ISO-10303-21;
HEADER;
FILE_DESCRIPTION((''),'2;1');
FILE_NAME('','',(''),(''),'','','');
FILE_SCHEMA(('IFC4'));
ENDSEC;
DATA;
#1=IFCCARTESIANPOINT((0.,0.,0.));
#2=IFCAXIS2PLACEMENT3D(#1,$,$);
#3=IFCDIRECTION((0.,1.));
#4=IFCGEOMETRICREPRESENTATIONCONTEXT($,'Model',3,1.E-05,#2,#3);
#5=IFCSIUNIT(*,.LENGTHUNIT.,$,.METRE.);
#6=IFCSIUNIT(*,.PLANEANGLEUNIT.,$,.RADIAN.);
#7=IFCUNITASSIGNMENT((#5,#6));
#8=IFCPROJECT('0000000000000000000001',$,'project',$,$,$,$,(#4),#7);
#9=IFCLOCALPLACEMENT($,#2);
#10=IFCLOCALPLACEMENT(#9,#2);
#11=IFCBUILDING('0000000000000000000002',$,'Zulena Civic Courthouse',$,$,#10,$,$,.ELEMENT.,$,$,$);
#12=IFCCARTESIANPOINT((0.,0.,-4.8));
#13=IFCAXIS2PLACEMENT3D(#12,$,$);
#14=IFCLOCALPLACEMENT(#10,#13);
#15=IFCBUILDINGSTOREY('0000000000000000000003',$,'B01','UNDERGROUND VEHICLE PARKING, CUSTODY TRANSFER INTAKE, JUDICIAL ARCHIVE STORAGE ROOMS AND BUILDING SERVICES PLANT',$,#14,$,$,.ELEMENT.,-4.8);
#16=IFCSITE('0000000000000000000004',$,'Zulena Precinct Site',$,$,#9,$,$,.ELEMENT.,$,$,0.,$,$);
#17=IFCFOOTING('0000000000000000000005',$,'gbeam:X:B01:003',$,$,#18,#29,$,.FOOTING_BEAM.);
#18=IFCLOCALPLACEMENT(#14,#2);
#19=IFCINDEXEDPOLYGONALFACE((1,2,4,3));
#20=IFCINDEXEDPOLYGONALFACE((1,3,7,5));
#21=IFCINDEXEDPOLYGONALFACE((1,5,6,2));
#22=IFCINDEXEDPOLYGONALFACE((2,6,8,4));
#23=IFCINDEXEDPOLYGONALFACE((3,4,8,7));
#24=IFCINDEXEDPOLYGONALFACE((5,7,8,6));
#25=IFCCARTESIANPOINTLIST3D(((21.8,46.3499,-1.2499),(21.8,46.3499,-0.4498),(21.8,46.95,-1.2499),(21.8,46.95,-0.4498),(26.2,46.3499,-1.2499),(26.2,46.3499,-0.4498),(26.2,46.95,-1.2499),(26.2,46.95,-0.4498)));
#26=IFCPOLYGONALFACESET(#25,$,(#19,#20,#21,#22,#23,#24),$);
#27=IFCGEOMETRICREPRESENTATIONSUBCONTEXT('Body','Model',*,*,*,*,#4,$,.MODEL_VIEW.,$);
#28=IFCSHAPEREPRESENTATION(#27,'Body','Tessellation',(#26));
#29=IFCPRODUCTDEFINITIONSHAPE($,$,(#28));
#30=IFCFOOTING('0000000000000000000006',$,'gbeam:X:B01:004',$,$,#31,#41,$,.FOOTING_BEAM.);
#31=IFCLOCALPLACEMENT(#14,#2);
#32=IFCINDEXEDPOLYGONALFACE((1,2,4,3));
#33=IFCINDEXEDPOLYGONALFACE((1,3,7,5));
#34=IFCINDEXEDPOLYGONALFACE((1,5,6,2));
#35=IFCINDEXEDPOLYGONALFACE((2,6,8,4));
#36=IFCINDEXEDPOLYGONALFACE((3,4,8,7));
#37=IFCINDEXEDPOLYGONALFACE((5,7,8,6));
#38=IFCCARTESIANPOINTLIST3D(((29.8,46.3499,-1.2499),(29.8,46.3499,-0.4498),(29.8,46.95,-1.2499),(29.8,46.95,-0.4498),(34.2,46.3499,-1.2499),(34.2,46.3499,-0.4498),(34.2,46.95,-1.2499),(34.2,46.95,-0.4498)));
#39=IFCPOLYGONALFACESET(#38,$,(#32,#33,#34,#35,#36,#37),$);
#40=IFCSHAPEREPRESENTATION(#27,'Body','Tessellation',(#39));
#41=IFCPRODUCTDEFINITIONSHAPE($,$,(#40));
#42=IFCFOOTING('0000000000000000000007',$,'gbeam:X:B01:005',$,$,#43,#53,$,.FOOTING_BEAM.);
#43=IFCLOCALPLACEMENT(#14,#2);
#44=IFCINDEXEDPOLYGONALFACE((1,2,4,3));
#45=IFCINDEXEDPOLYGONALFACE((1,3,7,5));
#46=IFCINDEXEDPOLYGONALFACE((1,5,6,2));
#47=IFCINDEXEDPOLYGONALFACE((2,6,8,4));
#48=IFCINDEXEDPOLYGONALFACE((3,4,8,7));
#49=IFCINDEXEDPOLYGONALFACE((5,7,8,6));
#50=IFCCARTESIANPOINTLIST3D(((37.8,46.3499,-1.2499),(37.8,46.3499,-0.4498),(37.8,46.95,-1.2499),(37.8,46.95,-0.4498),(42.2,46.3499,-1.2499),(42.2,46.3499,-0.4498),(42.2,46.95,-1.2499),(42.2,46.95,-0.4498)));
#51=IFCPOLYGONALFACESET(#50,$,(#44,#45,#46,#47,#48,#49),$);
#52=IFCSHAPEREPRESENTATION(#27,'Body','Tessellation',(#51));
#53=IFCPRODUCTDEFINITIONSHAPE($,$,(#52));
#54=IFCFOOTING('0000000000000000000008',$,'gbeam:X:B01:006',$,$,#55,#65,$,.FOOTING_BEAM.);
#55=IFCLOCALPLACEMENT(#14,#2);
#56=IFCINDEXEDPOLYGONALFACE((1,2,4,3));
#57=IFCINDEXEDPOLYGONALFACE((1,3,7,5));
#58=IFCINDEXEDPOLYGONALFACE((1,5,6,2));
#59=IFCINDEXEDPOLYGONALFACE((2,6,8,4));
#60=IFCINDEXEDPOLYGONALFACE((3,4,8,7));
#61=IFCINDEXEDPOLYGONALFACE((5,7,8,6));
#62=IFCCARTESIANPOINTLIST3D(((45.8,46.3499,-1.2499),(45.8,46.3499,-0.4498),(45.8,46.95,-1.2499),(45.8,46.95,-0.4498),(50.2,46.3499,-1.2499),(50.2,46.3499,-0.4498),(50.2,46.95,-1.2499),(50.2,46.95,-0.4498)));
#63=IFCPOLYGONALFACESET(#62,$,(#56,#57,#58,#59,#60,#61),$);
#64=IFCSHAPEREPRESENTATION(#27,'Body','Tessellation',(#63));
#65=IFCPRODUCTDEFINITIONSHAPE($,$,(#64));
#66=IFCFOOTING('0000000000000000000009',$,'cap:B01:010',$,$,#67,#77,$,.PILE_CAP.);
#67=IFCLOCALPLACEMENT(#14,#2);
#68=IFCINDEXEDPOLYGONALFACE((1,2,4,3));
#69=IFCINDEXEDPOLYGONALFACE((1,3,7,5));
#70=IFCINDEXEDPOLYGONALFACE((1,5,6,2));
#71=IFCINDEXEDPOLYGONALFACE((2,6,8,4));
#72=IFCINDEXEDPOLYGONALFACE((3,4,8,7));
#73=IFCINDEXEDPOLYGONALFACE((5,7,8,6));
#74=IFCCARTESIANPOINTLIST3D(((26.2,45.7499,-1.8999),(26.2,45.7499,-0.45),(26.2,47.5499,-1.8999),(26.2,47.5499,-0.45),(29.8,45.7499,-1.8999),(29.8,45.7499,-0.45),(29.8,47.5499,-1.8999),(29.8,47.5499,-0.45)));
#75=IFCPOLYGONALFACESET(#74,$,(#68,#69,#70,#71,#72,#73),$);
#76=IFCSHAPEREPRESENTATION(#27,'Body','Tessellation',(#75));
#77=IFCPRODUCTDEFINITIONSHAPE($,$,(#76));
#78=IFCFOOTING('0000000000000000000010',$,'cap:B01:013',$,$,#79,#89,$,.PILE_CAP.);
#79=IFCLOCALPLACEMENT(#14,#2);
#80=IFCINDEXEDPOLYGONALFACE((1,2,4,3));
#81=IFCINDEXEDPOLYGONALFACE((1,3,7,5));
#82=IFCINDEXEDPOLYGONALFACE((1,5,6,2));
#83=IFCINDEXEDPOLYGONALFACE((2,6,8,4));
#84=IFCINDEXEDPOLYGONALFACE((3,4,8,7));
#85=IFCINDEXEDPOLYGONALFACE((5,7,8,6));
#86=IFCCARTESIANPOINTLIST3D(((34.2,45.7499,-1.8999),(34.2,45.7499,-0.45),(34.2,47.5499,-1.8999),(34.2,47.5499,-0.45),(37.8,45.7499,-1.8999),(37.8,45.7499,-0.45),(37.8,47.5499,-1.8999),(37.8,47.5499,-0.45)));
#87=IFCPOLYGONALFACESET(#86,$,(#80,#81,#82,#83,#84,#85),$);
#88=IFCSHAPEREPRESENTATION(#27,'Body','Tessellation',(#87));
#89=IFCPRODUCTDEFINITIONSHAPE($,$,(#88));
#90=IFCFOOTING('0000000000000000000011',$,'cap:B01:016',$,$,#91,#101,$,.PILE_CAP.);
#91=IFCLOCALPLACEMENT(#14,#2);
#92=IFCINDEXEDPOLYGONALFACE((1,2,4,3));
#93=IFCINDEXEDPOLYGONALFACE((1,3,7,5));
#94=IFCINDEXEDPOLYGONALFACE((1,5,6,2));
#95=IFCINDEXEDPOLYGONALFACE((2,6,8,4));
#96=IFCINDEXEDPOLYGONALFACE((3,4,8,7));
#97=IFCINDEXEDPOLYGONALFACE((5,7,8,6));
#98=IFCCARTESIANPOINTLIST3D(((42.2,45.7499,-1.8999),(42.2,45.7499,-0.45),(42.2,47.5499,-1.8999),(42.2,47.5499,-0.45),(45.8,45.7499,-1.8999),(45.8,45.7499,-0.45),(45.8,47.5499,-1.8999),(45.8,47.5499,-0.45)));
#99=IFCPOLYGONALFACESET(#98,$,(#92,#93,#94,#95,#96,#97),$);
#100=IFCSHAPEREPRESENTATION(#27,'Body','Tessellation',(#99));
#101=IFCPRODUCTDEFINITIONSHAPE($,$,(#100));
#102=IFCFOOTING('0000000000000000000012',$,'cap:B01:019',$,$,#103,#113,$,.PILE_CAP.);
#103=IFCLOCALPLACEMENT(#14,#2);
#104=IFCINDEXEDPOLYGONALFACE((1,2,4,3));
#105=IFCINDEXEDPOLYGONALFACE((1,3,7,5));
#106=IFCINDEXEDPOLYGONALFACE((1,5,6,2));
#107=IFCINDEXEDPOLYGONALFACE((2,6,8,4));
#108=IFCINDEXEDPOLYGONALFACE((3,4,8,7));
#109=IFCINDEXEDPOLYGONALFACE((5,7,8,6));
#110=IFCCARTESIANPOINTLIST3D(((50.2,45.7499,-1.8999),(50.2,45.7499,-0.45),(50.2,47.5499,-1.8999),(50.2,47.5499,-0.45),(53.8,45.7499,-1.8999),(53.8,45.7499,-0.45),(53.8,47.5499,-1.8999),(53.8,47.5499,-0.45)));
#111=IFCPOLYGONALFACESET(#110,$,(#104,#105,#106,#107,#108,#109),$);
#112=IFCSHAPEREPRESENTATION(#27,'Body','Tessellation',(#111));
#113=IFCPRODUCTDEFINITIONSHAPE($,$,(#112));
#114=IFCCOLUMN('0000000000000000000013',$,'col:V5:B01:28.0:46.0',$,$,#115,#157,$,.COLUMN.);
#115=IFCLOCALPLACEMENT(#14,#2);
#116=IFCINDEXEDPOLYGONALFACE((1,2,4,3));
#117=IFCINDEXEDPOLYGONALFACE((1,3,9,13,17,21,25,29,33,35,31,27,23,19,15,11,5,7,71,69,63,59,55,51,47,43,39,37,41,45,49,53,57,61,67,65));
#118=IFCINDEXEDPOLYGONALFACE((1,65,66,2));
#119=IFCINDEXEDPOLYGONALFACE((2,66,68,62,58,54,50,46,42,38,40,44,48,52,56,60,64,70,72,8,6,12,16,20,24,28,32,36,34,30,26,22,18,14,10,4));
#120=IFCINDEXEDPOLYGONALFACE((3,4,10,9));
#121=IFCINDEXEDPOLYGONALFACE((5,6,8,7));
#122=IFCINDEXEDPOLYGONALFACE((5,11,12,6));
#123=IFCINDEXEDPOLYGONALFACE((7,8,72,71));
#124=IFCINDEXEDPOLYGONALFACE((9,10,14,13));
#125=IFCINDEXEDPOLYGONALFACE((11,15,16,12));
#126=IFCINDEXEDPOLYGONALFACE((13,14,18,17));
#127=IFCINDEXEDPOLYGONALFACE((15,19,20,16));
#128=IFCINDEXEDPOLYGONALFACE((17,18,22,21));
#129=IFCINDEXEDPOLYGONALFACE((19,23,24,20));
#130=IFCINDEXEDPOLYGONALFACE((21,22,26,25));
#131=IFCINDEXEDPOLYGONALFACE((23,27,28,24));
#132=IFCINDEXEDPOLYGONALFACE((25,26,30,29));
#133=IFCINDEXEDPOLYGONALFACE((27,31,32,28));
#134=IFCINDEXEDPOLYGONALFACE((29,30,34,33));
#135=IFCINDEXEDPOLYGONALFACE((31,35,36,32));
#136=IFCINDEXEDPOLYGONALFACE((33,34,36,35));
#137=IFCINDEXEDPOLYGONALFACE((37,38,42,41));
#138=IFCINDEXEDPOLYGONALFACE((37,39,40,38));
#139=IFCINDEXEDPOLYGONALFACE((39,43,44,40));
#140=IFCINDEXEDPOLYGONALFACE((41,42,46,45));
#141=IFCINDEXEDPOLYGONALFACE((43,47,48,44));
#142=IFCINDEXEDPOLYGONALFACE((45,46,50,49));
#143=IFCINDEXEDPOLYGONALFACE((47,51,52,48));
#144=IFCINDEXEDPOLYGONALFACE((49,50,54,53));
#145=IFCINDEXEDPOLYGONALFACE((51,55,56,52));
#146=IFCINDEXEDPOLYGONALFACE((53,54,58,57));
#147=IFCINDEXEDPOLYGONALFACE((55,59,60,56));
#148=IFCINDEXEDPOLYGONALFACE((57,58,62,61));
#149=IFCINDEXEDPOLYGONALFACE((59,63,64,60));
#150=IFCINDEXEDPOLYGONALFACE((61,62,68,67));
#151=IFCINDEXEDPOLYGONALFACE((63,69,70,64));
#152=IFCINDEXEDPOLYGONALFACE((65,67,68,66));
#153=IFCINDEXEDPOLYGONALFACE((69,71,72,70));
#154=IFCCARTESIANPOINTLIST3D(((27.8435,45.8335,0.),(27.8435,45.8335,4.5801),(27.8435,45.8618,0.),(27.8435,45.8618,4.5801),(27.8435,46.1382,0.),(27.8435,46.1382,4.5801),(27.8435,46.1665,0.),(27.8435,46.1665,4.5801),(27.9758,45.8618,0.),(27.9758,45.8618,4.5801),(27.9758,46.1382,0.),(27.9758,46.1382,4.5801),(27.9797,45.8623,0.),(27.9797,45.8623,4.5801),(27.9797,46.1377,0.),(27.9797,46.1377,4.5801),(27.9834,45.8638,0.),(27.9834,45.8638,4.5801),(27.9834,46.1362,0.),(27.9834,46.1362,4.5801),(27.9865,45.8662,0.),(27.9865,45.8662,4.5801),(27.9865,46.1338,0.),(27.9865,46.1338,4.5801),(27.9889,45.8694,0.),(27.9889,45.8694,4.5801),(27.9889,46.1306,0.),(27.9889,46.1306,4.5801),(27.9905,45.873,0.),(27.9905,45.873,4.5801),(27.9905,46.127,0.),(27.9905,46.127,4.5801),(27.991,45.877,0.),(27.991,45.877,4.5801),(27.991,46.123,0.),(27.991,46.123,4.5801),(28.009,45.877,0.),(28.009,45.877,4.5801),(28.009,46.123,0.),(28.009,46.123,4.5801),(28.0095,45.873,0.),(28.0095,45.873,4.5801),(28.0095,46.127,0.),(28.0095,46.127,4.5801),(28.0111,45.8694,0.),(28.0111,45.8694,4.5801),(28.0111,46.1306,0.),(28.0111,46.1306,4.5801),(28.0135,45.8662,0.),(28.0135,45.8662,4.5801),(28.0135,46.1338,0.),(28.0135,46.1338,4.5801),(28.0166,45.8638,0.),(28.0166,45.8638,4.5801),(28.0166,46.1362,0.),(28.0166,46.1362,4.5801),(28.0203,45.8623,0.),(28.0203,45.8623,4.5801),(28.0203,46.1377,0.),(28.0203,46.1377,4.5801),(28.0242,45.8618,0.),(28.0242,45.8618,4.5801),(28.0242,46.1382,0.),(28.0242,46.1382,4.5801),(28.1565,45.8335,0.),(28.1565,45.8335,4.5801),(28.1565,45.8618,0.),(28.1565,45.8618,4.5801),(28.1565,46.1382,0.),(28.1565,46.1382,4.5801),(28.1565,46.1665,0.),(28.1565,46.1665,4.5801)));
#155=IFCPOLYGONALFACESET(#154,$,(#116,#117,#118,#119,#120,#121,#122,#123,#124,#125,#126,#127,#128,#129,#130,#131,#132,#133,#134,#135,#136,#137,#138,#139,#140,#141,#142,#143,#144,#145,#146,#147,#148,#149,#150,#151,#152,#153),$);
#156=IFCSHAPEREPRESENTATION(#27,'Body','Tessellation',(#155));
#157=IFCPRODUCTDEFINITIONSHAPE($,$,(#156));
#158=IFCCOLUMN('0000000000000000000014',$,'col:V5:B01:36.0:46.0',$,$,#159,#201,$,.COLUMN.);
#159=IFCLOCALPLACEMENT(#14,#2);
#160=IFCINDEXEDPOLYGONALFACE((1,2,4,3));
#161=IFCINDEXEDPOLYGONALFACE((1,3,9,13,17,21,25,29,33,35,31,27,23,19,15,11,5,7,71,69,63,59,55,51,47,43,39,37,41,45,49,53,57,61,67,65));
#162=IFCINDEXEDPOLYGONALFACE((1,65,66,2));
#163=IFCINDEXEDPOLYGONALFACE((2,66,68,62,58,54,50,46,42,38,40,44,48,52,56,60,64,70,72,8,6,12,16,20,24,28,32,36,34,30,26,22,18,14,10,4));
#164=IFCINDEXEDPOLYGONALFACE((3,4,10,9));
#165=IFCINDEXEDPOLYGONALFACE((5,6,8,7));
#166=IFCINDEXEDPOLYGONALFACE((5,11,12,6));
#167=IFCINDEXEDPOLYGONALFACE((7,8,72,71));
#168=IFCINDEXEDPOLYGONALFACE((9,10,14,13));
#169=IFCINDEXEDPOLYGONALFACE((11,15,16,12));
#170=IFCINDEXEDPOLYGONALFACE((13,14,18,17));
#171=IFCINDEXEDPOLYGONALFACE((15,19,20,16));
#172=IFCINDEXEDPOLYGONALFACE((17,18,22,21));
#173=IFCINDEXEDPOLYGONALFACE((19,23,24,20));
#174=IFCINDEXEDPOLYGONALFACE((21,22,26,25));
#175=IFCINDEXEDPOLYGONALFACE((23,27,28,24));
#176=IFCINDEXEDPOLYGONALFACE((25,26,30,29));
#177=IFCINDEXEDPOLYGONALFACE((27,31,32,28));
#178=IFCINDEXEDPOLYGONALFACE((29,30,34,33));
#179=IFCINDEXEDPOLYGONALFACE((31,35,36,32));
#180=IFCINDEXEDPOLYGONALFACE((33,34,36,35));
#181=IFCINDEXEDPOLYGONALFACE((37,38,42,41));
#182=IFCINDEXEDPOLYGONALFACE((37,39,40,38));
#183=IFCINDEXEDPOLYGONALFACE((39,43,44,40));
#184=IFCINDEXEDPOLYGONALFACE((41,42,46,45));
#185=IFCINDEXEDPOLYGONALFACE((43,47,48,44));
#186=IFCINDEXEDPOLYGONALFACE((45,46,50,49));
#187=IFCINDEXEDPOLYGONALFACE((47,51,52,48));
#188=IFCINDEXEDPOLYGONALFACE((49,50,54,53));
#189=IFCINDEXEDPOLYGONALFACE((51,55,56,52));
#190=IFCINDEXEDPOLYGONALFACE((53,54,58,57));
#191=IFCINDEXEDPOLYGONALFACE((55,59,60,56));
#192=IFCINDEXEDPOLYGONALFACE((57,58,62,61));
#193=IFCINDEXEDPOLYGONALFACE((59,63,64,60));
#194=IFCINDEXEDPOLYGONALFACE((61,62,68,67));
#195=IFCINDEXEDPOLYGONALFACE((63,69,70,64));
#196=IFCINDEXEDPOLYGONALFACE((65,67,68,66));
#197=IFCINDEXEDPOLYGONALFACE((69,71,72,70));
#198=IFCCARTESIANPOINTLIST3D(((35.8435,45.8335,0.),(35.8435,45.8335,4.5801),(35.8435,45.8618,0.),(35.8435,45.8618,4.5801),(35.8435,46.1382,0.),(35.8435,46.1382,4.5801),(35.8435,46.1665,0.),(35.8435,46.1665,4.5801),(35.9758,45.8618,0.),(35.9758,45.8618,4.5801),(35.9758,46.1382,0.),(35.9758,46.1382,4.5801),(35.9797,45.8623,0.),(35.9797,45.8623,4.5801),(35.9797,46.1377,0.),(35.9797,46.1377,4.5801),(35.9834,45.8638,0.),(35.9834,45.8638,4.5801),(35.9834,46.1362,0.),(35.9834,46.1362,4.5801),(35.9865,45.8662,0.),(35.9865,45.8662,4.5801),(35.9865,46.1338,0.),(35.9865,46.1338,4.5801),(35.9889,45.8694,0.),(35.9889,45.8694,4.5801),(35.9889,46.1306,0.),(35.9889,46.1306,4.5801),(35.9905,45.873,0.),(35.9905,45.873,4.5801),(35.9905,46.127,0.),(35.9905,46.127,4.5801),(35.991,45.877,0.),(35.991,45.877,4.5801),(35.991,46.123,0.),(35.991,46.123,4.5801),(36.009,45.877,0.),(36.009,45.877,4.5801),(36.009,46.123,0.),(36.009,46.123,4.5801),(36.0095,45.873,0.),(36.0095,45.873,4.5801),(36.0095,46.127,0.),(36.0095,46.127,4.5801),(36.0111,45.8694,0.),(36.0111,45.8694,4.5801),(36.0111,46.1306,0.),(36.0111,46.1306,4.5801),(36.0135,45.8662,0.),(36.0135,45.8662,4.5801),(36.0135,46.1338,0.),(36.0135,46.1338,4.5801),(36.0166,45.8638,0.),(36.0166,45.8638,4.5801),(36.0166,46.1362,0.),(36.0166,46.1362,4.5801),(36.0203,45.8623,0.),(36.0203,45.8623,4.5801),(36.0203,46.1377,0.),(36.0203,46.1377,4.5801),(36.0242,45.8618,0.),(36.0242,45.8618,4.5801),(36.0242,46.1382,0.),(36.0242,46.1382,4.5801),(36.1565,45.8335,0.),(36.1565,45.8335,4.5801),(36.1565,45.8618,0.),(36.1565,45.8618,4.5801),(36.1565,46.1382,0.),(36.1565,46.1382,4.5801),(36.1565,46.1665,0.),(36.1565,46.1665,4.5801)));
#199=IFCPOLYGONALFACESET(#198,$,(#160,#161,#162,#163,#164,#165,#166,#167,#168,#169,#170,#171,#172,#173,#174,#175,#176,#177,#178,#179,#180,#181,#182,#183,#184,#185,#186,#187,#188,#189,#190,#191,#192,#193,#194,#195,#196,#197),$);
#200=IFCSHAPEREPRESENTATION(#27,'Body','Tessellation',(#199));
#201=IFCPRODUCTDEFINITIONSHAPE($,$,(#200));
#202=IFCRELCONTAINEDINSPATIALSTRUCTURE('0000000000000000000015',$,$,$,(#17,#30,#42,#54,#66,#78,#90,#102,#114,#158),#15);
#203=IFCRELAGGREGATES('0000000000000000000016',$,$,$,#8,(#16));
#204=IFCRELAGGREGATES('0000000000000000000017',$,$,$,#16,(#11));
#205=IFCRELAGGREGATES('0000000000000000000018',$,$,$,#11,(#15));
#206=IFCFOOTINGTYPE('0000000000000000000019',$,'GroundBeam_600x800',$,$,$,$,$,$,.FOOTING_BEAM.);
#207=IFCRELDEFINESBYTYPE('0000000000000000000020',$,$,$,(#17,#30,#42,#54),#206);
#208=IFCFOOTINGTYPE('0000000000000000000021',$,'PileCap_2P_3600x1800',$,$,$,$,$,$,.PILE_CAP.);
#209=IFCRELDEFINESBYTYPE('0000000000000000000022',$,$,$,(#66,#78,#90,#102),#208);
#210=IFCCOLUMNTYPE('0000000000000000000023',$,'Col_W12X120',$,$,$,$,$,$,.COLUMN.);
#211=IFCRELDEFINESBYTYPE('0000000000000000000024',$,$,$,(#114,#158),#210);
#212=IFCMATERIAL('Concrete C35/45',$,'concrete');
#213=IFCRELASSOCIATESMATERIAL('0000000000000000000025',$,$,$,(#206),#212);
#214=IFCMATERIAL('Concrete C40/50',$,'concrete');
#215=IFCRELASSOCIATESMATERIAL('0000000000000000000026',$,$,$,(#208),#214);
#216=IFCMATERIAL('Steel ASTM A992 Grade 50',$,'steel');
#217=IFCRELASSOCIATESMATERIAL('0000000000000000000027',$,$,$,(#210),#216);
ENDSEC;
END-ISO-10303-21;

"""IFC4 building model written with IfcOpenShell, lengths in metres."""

from ifc_helpers import new_model, si_unit, direction, frame, origin, origin_2d, place, context, subcontext, project, spatial, rectangle, i_section, extrude, material, material_profile, profile_set, type_object, element, save


model = new_model("IFC4")

# Units and contexts
model_context = context("Model", 3, precision=1e-05, world=origin(), true_north=direction((0.0, 1.0)))
body_context = subcontext(model_context, "Body", "Model", "MODEL_VIEW")
ifc_project = project(units=[si_unit("LENGTHUNIT", "METRE"), si_unit("PLANEANGLEUNIT", "RADIAN")], contexts=[model_context])

# Site, building, storey
site_placement = place(None, origin())
site = spatial("IfcSite", under=ifc_project, at=site_placement, Name="Zulena Precinct Site", CompositionType="ELEMENT", RefElevation=0.0)
building_placement = place(site_placement, origin())
building = spatial("IfcBuilding", under=site, at=building_placement, Name="Zulena Civic Courthouse", CompositionType="ELEMENT")
storey_placement = place(building_placement, frame((0.0, 0.0, -4.8)))
storey = spatial("IfcBuildingStorey", under=building, at=storey_placement, Name="B01", Description="UNDERGROUND VEHICLE PARKING, CUSTODY TRANSFER INTAKE, JUDICIAL ARCHIVE STORAGE ROOMS AND BUILDING SERVICES PLANT", CompositionType="ELEMENT", Elevation=-4.8)

# Footings
ifc_material_1 = material(Name="Concrete C35/45", Category="concrete")
ifc_material_profile_1 = material_profile(ifc_material_1, rectangle(XDim=0.6001, YDim=0.8, at=origin_2d()), Name="RC600X800")
ifc_profile_set_1 = profile_set([ifc_material_profile_1], Name="Concrete C35/45")
footing_type_1 = type_object("IfcFootingType", Name="GroundBeam_600x800", PredefinedType="FOOTING_BEAM", material=ifc_profile_set_1)
for number, where, z_axis, x_axis, name in (
    (1, (21.8, 46.6499, -0.8499), (1.0, 0.0, 0.0), (0.0, 1.0, 0.0), "gbeam:X:B01:003"),
    (2, (29.8, 46.6499, -0.8499), (1.0, 0.0, 0.0), (0.0, 1.0, 0.0), "gbeam:X:B01:004"),
    (3, (37.8, 46.6499, -0.8499), (1.0, 0.0, 0.0), (0.0, 1.0, 0.0), "gbeam:X:B01:005"),
    (4, (45.8, 46.6499, -0.8499), (1.0, 0.0, 0.0), (0.0, 1.0, 0.0), "gbeam:X:B01:006"),
):
    element("IfcFooting", number, at=place(storey_placement, frame(where, z_axis=z_axis, x_axis=x_axis)), inside=storey, type_object=footing_type_1, Name=name, PredefinedType="FOOTING_BEAM", context=body_context, shape_type="SweptSolid", body=[
        extrude(rectangle(XDim=0.6001, YDim=0.8, at=origin_2d()), origin(), (0.0, 0.0, 1.0), 4.3999),
    ])
ifc_material_2 = material(Name="Concrete C40/50", Category="concrete")
footing_type_2 = type_object("IfcFootingType", Name="PileCap_2P_3600x1800", PredefinedType="PILE_CAP", material=ifc_material_2)
for number, where, z_axis, x_axis, name in (
    (5, (28.0, 46.6499, -1.8999), (0.0, 0.0, 1.0), (1.0, 0.0, 0.0), "cap:B01:010"),
    (6, (36.0, 46.6499, -1.8999), (0.0, 0.0, 1.0), (1.0, 0.0, 0.0), "cap:B01:013"),
    (7, (44.0, 46.6499, -1.8999), (0.0, 0.0, 1.0), (1.0, 0.0, 0.0), "cap:B01:016"),
    (8, (52.0, 46.6499, -1.8999), (0.0, 0.0, 1.0), (1.0, 0.0, 0.0), "cap:B01:019"),
):
    element("IfcFooting", number, at=place(storey_placement, frame(where, z_axis=z_axis, x_axis=x_axis)), inside=storey, type_object=footing_type_2, Name=name, PredefinedType="PILE_CAP", context=body_context, shape_type="SweptSolid", body=[
        extrude(rectangle(XDim=3.6001, YDim=1.8, at=origin_2d()), origin(), (0.0, 0.0, 1.0), 1.45),
    ])

# Columns
ifc_material_3 = material(Name="Steel ASTM A992 Grade 50", Category="steel")
ifc_material_profile_2 = material_profile(ifc_material_3, i_section(OverallWidth=0.313, OverallDepth=0.333, WebThickness=0.0181, FlangeThickness=0.0283, FilletRadius=0.0151, at=origin_2d()), Name="W12X120")
ifc_profile_set_2 = profile_set([ifc_material_profile_2], Name="Steel ASTM A992 Grade 50")
column_type = type_object("IfcColumnType", Name="Col_W12X120", PredefinedType="COLUMN", material=ifc_profile_set_2)
for number, where, z_axis, x_axis, name in (
    (9, (28.0, 46.0, 0.0), (0.0, 0.0, 1.0), (1.0, 0.0, 0.0), "col:V5:B01:28.0:46.0"),
    (10, (36.0, 46.0, 0.0), (0.0, 0.0, 1.0), (1.0, 0.0, 0.0), "col:V5:B01:36.0:46.0"),
):
    element("IfcColumn", number, at=place(storey_placement, frame(where, z_axis=z_axis, x_axis=x_axis)), inside=storey, type_object=column_type, Name=name, PredefinedType="COLUMN", context=body_context, shape_type="SweptSolid", body=[
        extrude(i_section(OverallWidth=0.313, OverallDepth=0.333, WebThickness=0.0181, FlangeThickness=0.0283, FilletRadius=0.0151, at=origin_2d()), origin(), (0.0, 0.0, 1.0), 4.5801),
    ])

save(model, "model.ifc")
